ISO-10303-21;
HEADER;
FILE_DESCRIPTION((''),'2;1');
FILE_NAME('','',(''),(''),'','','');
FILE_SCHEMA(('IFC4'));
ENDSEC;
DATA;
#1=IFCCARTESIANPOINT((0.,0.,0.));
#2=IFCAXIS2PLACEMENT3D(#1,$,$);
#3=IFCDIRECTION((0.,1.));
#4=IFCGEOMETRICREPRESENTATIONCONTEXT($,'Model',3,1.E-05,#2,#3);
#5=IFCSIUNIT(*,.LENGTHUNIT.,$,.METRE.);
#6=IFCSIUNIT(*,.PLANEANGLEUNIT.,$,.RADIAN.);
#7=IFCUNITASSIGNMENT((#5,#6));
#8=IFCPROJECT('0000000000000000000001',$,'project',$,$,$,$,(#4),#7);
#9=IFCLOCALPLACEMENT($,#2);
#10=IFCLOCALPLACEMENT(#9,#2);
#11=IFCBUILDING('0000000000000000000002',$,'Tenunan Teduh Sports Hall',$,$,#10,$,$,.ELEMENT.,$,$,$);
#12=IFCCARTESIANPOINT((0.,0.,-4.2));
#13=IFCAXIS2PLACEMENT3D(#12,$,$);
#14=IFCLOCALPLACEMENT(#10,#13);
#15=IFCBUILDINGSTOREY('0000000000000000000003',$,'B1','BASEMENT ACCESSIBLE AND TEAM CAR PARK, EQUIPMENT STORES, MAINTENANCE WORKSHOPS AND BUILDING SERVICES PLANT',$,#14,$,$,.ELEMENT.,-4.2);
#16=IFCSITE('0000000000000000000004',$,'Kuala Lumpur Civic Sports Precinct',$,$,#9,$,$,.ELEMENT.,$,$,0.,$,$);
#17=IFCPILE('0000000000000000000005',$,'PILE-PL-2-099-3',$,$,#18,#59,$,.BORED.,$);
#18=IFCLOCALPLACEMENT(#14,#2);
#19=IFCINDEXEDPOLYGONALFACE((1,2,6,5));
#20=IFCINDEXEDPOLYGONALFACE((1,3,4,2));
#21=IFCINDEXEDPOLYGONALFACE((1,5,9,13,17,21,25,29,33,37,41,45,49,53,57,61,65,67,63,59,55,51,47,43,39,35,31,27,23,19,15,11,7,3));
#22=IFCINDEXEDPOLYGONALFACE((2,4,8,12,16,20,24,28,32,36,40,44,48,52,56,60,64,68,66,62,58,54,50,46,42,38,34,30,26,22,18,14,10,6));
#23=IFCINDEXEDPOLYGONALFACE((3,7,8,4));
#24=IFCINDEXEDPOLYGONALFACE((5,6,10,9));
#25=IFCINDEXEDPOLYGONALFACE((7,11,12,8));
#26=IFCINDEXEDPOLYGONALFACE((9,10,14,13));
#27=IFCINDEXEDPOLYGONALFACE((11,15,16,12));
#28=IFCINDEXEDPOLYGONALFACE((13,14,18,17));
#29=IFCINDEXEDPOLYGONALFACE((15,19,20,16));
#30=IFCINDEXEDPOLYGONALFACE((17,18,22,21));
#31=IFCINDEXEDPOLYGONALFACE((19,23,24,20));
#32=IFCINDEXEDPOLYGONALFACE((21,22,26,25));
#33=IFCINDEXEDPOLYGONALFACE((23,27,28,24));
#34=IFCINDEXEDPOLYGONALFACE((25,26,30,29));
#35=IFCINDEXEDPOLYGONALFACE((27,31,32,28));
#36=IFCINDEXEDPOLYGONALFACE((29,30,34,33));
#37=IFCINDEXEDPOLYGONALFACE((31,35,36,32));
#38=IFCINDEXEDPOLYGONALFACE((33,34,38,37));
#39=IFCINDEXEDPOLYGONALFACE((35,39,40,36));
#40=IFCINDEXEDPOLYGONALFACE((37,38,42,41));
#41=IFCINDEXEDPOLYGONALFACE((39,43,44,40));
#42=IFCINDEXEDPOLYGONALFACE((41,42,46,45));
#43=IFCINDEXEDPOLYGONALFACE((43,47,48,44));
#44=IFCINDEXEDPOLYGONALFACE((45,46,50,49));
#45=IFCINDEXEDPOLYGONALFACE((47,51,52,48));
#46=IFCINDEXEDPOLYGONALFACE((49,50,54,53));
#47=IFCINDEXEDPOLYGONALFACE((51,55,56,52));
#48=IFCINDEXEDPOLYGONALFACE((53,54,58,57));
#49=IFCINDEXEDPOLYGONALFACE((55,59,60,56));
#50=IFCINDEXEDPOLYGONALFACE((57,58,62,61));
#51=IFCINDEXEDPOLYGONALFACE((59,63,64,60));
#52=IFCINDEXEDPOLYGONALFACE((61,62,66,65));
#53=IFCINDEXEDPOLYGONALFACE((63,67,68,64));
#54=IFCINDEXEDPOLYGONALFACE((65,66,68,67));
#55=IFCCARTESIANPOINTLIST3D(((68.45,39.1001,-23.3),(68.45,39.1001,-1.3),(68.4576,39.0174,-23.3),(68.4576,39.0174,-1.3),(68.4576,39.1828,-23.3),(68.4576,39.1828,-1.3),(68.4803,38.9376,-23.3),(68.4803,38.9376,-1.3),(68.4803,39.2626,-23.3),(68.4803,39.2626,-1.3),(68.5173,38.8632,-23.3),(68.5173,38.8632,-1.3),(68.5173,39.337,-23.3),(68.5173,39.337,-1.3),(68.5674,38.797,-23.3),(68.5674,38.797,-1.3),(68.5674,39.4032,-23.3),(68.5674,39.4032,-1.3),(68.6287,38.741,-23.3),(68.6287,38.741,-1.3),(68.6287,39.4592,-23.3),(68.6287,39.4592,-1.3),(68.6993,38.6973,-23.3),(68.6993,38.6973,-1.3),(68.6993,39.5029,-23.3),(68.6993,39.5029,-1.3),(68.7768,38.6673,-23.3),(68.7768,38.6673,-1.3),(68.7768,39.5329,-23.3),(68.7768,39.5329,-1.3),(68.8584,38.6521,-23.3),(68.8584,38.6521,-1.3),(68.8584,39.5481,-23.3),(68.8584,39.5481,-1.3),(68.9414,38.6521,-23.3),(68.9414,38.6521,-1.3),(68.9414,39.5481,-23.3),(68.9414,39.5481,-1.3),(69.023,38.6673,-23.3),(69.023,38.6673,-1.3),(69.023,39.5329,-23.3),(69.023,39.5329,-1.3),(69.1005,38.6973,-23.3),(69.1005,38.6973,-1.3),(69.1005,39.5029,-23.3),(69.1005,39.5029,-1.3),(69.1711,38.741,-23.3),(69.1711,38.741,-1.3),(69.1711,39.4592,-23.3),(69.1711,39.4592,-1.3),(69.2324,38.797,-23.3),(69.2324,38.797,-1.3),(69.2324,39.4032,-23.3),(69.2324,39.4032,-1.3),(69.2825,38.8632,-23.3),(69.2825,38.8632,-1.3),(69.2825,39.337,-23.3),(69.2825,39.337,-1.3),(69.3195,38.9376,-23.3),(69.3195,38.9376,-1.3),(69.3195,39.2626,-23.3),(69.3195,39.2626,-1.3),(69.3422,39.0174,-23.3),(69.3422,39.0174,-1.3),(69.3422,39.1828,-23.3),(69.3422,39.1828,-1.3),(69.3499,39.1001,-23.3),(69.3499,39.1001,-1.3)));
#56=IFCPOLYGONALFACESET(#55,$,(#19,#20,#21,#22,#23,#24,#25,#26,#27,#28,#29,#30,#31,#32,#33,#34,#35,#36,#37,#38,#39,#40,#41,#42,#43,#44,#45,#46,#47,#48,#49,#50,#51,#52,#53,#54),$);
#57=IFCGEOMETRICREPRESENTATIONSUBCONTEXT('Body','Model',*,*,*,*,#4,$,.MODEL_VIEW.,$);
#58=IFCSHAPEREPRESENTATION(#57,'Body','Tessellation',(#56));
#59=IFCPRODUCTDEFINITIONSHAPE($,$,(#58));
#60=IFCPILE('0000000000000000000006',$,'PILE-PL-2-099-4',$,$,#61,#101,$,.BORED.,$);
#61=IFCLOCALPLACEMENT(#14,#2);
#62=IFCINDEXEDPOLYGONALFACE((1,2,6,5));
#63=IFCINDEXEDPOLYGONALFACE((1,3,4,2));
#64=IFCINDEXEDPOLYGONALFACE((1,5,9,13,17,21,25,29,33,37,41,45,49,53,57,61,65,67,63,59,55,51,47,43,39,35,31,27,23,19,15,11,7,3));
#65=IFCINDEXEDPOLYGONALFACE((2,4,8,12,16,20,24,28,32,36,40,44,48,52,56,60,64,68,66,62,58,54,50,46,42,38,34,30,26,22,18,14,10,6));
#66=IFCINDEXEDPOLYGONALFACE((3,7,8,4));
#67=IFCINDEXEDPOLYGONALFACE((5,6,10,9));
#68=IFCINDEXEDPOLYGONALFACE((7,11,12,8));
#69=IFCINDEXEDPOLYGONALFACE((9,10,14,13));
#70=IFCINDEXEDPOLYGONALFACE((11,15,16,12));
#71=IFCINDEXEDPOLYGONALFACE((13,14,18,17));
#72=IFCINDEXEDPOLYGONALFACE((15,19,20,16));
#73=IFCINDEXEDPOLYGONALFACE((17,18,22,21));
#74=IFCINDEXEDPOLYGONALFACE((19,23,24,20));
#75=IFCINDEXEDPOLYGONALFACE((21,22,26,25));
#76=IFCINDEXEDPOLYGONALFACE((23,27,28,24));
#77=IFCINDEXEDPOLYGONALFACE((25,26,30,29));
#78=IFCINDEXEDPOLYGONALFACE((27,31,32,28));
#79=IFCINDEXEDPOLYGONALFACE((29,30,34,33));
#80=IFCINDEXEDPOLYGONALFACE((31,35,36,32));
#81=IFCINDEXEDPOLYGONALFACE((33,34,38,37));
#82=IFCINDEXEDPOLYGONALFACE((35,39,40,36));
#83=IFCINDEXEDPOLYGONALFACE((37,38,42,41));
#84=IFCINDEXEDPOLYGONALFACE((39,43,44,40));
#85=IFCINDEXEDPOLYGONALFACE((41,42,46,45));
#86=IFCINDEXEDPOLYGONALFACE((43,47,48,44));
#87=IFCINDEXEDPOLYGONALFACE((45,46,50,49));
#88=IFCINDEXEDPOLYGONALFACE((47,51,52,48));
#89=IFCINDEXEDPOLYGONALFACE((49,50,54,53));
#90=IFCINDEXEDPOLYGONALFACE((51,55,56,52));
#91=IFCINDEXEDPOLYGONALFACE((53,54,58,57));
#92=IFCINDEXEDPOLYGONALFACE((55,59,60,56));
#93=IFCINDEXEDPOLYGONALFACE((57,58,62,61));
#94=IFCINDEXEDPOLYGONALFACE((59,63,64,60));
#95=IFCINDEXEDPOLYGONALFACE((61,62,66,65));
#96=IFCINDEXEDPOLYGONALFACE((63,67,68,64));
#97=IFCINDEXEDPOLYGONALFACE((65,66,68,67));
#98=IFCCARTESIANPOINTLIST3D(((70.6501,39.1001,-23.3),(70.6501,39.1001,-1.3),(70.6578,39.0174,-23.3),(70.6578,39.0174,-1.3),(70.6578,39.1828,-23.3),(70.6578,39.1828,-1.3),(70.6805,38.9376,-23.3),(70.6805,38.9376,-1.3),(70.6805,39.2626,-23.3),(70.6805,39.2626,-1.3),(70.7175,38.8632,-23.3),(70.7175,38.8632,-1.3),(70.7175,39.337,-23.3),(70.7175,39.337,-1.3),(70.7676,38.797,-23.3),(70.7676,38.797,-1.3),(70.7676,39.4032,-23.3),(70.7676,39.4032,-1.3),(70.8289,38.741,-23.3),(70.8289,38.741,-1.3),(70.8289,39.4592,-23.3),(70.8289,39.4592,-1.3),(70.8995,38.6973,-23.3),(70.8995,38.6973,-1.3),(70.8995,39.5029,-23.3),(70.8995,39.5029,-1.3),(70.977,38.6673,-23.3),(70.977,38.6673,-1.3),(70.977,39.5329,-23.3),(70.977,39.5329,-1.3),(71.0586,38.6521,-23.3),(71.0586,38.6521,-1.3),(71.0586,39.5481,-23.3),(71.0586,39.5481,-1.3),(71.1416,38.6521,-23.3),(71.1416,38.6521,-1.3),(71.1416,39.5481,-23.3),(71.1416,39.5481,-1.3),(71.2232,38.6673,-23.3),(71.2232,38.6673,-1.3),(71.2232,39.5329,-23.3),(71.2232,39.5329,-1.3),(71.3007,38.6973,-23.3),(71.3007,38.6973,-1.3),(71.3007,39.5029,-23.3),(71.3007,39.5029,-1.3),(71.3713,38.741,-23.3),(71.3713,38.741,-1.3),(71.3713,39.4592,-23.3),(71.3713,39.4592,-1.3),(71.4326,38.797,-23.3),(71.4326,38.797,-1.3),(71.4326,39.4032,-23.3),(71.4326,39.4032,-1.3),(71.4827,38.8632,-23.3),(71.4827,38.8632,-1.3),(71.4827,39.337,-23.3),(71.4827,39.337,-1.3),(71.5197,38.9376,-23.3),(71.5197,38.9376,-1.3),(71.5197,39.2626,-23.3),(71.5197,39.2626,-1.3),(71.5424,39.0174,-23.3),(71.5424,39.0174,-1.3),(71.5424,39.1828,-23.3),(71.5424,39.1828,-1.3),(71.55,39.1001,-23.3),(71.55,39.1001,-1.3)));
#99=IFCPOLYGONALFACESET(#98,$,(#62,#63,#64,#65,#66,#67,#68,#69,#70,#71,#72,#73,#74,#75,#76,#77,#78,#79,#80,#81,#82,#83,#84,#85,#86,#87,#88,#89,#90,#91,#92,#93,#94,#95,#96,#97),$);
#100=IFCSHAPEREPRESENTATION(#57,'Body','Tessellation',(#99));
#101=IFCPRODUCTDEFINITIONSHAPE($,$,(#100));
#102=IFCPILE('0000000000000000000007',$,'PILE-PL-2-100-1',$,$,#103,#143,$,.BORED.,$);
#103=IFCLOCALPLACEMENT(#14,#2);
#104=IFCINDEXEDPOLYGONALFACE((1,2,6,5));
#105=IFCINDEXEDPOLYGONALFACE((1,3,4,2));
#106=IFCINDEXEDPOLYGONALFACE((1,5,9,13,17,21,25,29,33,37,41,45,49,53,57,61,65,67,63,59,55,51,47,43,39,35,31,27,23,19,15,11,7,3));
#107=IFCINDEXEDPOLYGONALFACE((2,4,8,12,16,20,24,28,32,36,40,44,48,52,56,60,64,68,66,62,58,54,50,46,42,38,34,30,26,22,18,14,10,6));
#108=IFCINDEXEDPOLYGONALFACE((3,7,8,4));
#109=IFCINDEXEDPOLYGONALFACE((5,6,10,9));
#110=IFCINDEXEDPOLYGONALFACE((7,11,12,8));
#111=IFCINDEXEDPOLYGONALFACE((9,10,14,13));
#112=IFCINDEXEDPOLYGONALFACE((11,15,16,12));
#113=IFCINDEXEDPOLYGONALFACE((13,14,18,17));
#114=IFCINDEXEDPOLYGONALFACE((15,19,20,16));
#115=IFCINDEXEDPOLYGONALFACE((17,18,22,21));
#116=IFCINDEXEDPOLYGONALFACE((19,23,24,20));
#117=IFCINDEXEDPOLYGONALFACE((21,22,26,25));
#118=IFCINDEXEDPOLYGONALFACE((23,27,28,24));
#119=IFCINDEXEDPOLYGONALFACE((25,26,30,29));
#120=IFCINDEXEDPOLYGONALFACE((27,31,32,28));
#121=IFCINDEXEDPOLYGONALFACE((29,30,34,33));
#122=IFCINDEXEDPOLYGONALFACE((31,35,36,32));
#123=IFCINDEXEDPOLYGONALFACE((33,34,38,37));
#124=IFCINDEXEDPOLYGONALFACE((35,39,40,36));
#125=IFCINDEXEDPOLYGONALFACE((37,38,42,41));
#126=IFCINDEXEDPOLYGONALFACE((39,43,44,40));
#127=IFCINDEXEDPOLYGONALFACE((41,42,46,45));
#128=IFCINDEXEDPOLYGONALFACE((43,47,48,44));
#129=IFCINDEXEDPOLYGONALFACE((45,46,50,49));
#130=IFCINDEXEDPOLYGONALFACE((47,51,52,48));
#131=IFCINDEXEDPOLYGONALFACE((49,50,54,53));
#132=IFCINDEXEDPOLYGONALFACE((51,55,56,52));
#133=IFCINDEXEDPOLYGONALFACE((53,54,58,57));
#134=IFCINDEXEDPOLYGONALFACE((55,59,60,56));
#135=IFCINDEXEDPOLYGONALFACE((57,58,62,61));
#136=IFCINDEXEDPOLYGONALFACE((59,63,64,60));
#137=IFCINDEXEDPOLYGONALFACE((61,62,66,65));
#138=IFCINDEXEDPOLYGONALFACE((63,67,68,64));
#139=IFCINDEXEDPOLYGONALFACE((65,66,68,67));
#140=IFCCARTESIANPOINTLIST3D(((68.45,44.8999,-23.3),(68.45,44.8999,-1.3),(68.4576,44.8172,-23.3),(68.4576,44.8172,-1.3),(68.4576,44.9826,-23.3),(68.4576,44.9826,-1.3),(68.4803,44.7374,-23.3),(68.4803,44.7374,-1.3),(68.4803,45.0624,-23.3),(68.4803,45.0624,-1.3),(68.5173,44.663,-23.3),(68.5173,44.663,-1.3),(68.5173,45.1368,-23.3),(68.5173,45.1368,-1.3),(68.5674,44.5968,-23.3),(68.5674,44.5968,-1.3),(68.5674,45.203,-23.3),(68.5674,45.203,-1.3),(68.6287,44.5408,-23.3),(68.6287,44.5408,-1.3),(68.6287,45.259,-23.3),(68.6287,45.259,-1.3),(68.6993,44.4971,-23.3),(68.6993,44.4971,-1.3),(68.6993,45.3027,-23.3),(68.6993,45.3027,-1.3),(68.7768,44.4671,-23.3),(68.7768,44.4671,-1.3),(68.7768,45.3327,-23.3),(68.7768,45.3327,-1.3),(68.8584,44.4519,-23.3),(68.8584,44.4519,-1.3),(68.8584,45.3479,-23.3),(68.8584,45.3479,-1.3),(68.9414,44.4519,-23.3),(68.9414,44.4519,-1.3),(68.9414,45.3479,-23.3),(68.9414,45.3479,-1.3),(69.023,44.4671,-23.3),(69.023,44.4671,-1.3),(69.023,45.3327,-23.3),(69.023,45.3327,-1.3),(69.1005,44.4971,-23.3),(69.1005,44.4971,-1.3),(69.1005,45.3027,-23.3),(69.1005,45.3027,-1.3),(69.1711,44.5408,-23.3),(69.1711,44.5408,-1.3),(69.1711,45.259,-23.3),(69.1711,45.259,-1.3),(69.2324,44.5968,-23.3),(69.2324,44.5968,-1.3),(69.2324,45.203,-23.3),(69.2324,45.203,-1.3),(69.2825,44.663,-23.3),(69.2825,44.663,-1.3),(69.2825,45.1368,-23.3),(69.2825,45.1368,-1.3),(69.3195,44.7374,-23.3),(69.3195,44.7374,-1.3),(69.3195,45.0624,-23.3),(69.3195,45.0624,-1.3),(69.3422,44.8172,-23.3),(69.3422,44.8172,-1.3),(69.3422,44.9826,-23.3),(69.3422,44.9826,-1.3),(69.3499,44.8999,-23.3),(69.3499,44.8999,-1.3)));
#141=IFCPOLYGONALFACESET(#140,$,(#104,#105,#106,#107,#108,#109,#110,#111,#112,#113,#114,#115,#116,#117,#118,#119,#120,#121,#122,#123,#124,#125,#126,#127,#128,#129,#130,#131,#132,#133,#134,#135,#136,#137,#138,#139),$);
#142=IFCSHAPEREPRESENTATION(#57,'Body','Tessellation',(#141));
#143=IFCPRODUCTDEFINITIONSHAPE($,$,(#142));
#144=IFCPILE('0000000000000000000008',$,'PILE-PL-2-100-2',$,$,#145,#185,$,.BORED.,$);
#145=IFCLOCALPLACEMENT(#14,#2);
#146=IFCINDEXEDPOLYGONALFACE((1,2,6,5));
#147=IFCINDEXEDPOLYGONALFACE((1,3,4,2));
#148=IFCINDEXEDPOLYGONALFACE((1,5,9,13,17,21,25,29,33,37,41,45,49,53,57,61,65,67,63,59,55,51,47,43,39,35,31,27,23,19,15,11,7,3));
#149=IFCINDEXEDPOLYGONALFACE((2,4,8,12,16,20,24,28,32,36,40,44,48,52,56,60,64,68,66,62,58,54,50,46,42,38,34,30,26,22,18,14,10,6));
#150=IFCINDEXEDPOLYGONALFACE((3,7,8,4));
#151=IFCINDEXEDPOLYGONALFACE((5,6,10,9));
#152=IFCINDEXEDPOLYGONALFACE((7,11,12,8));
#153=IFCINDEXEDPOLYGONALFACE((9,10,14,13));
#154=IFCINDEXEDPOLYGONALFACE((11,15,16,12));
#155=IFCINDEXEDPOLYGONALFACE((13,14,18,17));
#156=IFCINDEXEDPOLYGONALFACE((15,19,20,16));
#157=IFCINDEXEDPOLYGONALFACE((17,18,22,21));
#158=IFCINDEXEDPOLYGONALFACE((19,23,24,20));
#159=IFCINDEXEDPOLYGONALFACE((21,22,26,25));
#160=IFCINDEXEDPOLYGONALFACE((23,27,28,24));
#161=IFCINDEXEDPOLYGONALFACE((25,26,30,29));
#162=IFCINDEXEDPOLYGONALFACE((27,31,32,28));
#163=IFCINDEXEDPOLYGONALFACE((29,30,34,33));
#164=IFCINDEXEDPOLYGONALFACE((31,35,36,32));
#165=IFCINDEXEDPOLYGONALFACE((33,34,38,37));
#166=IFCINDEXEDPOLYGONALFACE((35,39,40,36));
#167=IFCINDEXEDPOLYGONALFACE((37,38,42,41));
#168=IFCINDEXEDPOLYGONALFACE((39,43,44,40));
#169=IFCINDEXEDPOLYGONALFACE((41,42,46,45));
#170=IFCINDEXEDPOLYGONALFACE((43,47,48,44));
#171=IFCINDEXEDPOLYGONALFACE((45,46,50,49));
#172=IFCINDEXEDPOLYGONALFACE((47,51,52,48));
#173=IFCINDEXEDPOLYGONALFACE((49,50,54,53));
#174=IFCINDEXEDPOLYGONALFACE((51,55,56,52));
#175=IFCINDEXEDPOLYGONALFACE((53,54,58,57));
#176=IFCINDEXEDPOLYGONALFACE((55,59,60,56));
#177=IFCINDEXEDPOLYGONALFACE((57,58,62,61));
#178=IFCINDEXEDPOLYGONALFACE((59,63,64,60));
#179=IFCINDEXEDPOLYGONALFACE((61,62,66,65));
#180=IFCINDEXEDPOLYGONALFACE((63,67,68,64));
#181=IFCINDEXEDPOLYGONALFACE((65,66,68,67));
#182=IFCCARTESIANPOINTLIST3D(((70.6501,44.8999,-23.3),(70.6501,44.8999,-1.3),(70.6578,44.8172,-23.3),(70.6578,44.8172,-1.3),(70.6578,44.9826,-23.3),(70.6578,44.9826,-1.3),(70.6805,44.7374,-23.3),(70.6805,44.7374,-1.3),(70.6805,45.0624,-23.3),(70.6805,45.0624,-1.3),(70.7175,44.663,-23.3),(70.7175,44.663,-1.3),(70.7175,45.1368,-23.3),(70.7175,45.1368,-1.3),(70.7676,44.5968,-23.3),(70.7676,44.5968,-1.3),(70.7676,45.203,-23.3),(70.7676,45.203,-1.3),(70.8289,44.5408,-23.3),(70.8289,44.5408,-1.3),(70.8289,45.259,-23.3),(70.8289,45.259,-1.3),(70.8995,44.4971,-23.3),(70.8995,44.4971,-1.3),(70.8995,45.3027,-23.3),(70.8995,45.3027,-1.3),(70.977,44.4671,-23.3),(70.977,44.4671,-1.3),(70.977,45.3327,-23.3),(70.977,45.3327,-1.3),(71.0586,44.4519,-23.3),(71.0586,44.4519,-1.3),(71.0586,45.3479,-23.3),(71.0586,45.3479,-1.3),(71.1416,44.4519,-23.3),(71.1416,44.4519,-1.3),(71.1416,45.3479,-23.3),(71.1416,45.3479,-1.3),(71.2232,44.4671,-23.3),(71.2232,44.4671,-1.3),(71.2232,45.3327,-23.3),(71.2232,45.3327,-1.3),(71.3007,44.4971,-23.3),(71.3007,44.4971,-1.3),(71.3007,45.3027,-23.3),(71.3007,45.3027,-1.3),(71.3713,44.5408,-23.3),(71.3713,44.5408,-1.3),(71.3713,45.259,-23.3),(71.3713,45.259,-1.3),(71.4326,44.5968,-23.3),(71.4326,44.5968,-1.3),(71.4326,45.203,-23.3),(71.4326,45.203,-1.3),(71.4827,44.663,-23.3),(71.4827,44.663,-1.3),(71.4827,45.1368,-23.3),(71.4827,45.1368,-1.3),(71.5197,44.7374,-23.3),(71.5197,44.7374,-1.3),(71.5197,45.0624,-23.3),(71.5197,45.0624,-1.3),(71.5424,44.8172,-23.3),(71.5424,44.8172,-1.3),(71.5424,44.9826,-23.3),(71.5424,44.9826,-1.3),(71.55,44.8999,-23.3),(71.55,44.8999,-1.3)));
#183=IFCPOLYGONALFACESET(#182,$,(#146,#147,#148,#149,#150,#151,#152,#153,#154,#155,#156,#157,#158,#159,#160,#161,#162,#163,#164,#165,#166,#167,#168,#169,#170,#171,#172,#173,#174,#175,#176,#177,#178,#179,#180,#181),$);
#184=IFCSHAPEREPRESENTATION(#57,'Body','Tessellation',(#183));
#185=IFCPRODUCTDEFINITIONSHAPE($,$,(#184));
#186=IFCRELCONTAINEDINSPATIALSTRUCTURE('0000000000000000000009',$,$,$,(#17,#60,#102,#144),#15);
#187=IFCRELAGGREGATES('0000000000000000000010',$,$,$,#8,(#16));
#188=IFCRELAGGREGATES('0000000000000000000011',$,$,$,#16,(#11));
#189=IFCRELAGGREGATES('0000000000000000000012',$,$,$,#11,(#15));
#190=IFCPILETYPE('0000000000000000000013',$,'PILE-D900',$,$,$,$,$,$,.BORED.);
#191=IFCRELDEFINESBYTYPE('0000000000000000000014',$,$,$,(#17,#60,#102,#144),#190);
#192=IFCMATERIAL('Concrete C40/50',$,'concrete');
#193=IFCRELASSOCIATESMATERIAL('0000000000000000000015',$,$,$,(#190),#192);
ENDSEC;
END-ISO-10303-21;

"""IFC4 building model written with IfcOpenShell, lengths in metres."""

from ifc_helpers import new_model, si_unit, direction, frame, origin, origin_2d, place, context, subcontext, project, spatial, circle, extrude, material, material_profile, profile_set, type_object, element, save


model = new_model("IFC4")

# Units and contexts
model_context = context("Model", 3, precision=1e-05, world=origin(), true_north=direction((0.0, 1.0)))
body_context = subcontext(model_context, "Body", "Model", "MODEL_VIEW")
ifc_project = project(units=[si_unit("LENGTHUNIT", "METRE"), si_unit("PLANEANGLEUNIT", "RADIAN")], contexts=[model_context])

# Site, building, storey
site_placement = place(None, origin())
site = spatial("IfcSite", under=ifc_project, at=site_placement, Name="Kuala Lumpur Civic Sports Precinct", CompositionType="ELEMENT", RefElevation=0.0)
building_placement = place(site_placement, origin())
building = spatial("IfcBuilding", under=site, at=building_placement, Name="Tenunan Teduh Sports Hall", CompositionType="ELEMENT")
storey_placement = place(building_placement, frame((0.0, 0.0, -4.2)))
storey = spatial("IfcBuildingStorey", under=building, at=storey_placement, Name="B1", Description="BASEMENT ACCESSIBLE AND TEAM CAR PARK, EQUIPMENT STORES, MAINTENANCE WORKSHOPS AND BUILDING SERVICES PLANT", CompositionType="ELEMENT", Elevation=-4.2)

# Piles
ifc_material_1 = material(Name="Concrete C40/50", Category="concrete")
ifc_material_profile_1 = material_profile(ifc_material_1, circle(Radius=0.45, at=origin_2d()), Name="PILE D900")
ifc_profile_set_1 = profile_set([ifc_material_profile_1], Name="Concrete C40/50")
pile_type_1 = type_object("IfcPileType", Name="PILE-D900", PredefinedType="BORED", material=ifc_profile_set_1)
for number, where, z_axis, x_axis, name in (
    (1, (68.8999, 39.1001, -1.3), (0.0, 0.0, -1.0), (1.0, 0.0, 0.0), "PILE-PL-2-099-3"),
    (2, (71.1001, 39.1001, -1.3), (0.0, 0.0, -1.0), (1.0, 0.0, 0.0), "PILE-PL-2-099-4"),
    (3, (68.8999, 44.8999, -1.3), (0.0, 0.0, -1.0), (1.0, 0.0, 0.0), "PILE-PL-2-100-1"),
    (4, (71.1001, 44.8999, -1.3), (0.0, 0.0, -1.0), (1.0, 0.0, 0.0), "PILE-PL-2-100-2"),
):
    element("IfcPile", number, at=place(storey_placement, frame(where, z_axis=z_axis, x_axis=x_axis)), inside=storey, type_object=pile_type_1, Name=name, PredefinedType="BORED", context=body_context, shape_type="SweptSolid", body=[
        extrude(circle(Radius=0.45, at=origin_2d()), origin(), (0.0, 0.0, 1.0), 22.0),
    ])

save(model, "model.ifc")
